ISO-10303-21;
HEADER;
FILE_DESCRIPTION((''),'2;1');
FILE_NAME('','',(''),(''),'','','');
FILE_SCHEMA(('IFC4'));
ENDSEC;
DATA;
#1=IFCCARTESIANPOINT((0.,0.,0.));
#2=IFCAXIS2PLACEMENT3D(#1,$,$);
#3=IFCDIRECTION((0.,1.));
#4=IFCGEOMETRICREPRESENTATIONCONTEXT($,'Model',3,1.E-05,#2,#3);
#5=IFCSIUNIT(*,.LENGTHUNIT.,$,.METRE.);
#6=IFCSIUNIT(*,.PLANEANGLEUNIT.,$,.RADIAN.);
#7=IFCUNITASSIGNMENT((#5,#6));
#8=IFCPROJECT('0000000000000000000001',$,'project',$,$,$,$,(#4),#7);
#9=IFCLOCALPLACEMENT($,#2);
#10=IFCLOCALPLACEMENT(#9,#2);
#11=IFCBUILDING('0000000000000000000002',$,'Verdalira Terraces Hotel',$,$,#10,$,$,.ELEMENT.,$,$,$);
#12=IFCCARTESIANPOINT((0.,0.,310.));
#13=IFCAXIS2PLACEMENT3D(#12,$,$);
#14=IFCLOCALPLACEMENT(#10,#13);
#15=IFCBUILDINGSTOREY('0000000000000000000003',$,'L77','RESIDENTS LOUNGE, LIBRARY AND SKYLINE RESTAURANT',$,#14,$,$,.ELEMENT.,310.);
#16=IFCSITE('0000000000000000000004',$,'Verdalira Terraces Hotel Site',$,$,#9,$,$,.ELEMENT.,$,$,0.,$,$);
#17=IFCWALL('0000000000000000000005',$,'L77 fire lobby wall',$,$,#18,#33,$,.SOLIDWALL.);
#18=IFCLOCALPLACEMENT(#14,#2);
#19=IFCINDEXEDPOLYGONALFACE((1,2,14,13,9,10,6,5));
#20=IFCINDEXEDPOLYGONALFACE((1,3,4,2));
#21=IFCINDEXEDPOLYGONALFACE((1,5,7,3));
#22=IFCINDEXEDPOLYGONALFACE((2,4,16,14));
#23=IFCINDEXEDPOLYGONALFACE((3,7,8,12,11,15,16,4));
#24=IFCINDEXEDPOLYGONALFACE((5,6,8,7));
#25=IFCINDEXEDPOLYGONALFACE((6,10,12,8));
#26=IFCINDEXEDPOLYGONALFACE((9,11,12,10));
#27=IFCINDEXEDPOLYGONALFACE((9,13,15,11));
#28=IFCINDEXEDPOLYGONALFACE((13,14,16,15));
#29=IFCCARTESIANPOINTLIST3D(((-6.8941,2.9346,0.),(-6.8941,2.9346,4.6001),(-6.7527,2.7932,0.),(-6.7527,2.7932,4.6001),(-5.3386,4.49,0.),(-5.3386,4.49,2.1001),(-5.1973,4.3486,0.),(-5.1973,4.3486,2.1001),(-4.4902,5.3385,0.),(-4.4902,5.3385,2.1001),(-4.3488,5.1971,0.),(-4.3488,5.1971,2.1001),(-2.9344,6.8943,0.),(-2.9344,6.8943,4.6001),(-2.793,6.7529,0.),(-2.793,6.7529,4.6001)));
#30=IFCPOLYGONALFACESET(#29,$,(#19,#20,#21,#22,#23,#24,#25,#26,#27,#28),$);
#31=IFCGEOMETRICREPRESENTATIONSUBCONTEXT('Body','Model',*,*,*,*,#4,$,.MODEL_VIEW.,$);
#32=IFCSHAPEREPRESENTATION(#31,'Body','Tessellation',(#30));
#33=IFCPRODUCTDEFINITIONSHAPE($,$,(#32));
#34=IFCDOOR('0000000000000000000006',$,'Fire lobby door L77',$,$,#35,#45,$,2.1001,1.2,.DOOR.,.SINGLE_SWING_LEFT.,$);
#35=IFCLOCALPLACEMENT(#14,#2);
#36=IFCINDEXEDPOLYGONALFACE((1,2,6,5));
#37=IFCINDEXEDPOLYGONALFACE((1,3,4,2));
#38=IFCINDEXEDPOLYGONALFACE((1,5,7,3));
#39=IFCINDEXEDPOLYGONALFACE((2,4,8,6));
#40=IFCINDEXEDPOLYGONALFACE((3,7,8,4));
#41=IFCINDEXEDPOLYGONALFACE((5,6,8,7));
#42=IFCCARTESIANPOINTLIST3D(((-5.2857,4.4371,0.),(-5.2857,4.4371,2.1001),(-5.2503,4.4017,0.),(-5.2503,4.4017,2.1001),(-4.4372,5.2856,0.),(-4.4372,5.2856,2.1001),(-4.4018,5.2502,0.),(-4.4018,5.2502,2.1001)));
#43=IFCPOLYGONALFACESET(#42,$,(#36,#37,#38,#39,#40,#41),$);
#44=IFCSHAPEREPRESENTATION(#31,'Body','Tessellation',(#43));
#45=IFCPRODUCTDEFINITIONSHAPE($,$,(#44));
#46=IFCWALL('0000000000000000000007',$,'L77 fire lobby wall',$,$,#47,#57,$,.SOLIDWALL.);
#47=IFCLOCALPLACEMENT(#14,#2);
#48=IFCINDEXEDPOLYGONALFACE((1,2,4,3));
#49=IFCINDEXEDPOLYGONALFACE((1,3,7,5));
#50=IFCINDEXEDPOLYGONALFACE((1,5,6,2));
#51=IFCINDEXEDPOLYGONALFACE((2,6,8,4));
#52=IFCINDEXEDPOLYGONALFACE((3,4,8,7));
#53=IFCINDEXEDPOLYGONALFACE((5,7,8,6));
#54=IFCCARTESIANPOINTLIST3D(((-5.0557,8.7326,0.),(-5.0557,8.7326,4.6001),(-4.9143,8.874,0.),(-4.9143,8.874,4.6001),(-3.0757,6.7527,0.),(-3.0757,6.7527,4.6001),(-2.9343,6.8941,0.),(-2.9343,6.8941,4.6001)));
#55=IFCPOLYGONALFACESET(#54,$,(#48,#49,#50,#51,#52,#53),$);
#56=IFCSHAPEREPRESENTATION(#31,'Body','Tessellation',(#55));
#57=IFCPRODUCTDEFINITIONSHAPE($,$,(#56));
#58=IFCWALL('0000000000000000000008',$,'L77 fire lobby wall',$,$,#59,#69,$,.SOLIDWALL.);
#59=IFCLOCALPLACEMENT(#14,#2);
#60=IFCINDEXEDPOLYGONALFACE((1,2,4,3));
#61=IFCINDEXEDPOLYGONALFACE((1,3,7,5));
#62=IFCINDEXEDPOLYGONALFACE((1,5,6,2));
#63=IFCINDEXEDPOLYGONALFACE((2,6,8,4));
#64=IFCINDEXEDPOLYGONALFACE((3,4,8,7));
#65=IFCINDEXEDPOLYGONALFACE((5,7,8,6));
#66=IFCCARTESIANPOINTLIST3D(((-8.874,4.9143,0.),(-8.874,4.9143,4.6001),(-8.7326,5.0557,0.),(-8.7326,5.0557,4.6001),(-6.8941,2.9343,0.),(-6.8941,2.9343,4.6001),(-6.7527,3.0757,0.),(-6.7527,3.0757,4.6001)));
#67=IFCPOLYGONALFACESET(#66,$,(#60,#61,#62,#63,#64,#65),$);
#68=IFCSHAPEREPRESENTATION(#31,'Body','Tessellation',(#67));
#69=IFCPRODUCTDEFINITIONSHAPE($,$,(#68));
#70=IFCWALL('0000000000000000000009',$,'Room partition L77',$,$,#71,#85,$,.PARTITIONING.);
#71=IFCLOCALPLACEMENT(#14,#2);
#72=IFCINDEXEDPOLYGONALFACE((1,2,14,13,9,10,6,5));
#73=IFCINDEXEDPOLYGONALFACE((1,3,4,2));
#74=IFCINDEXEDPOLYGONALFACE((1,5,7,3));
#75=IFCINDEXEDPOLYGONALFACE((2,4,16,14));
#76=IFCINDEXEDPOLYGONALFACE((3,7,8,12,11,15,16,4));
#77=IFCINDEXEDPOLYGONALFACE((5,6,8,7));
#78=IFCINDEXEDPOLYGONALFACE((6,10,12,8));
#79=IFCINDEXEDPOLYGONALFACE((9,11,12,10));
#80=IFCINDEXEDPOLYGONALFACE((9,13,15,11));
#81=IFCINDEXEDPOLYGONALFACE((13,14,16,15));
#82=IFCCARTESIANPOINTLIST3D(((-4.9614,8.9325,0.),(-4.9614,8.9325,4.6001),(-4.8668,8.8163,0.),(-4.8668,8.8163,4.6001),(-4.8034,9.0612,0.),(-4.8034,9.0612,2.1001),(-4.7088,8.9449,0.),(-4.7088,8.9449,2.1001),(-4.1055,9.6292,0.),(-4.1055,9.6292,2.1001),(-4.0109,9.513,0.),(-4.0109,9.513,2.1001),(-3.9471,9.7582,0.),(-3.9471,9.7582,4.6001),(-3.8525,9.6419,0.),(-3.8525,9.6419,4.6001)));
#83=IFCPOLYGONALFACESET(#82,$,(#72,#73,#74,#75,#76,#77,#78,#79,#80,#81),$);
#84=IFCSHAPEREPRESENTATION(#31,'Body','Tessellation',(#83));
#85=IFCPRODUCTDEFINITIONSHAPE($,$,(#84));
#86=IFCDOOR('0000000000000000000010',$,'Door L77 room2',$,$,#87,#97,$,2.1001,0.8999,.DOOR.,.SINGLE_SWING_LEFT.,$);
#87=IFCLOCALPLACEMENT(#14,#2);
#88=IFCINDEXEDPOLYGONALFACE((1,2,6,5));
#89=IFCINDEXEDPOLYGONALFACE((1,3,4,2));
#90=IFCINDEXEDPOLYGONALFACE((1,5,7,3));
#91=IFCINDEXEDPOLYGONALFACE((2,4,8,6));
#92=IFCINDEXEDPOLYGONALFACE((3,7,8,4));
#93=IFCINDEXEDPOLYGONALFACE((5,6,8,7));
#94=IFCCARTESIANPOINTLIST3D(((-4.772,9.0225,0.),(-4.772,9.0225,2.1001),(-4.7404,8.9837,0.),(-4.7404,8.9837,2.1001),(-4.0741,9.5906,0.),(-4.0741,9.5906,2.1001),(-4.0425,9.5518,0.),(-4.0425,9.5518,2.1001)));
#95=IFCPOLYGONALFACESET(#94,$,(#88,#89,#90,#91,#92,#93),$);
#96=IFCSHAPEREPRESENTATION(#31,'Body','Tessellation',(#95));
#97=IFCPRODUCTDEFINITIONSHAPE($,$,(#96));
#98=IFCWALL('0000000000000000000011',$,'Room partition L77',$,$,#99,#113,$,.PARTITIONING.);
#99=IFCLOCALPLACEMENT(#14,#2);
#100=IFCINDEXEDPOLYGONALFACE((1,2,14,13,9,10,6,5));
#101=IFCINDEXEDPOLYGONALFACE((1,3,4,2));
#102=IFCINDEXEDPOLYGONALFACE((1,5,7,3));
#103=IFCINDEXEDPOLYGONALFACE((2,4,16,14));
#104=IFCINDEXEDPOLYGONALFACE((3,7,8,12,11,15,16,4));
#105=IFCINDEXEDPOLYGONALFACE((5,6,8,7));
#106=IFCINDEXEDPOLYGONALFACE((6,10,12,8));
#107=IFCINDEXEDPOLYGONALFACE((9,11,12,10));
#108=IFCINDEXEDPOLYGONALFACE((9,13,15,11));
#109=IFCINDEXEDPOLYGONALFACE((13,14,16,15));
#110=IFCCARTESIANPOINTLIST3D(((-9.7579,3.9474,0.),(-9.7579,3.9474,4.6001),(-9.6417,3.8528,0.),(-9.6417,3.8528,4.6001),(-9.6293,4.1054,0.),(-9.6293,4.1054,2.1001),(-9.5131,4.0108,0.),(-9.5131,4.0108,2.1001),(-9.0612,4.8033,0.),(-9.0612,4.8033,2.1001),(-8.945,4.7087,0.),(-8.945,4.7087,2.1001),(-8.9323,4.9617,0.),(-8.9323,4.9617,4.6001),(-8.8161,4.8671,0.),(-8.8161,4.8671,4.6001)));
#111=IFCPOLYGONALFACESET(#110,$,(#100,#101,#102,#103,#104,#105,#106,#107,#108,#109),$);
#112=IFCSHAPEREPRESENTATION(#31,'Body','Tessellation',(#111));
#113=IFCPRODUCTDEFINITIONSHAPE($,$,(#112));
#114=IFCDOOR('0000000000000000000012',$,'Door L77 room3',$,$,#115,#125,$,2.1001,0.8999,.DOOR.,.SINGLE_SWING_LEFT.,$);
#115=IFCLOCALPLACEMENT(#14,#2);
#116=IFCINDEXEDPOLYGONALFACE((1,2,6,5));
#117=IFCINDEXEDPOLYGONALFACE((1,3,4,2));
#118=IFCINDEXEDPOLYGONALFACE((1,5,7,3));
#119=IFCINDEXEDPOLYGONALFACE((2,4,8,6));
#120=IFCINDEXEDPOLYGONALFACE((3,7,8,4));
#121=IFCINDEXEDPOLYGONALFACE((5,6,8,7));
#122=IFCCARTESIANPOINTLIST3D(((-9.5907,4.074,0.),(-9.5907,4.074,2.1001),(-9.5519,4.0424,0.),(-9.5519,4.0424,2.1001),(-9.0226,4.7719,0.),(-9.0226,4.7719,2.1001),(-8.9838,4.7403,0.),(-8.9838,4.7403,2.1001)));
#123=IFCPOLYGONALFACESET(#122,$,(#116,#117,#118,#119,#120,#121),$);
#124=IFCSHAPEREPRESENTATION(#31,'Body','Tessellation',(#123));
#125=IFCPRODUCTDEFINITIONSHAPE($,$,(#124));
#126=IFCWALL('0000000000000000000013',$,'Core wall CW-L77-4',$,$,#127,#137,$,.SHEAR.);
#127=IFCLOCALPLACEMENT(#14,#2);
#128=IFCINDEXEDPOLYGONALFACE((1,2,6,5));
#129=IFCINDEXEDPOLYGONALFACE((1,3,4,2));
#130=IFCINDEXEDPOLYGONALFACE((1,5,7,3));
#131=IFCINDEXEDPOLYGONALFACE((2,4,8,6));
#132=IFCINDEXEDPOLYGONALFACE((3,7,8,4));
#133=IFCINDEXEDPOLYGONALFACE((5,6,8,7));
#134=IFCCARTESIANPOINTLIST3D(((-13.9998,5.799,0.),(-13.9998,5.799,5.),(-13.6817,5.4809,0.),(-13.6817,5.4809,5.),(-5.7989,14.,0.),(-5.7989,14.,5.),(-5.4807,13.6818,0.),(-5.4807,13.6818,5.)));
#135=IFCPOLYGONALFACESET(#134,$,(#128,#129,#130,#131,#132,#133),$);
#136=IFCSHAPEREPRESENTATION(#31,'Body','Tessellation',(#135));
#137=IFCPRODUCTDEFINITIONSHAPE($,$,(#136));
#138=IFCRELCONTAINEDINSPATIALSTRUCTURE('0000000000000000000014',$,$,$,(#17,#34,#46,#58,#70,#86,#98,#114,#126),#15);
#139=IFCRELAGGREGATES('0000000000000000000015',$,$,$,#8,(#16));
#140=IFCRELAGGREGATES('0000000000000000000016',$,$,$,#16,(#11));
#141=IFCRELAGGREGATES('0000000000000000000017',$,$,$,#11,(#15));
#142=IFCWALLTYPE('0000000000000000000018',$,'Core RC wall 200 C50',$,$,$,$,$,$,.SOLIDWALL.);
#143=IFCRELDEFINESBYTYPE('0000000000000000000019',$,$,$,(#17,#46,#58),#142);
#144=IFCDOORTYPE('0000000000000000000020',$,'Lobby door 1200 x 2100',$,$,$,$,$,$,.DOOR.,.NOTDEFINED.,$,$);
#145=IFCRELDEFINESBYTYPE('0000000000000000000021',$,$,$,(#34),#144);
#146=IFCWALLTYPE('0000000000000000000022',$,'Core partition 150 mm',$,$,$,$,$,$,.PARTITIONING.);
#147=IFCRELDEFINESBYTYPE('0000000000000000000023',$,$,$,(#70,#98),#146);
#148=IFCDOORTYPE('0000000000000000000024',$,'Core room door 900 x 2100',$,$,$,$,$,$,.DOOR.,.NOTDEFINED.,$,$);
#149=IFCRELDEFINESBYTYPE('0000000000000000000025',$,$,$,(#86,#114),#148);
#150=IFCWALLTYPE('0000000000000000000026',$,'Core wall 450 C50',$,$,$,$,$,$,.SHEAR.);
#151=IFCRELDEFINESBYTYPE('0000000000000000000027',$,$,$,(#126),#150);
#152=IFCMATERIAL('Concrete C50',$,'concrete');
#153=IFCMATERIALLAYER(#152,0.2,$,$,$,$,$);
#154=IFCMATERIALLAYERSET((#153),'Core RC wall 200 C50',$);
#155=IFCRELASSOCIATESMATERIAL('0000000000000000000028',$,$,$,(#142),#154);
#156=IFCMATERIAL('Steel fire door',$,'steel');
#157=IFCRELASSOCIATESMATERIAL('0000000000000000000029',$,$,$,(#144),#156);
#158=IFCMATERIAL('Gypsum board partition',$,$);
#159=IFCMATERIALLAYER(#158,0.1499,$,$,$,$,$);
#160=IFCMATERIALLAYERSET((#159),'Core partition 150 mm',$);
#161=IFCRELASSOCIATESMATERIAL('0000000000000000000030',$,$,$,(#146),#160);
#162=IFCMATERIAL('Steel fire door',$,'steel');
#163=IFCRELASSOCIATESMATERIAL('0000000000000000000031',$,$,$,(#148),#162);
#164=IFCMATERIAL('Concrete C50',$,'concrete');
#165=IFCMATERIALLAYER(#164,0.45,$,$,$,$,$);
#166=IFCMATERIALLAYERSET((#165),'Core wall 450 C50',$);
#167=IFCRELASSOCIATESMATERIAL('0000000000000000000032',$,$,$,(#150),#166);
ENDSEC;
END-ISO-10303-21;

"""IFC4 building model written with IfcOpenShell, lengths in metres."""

from ifc_helpers import new_model, si_unit, direction, frame, frame_2d, origin, place, context, subcontext, project, spatial, rectangle, extrude, material, layer, layer_set, type_object, element, fill, save


model = new_model("IFC4")

# Units and contexts
model_context = context("Model", 3, precision=1e-05, world=origin(), true_north=direction((0.0, 1.0)))
body_context = subcontext(model_context, "Body", "Model", "MODEL_VIEW")
ifc_project = project(units=[si_unit("LENGTHUNIT", "METRE"), si_unit("PLANEANGLEUNIT", "RADIAN")], contexts=[model_context])

# Site, building, storey
site_placement = place(None, origin())
site = spatial("IfcSite", under=ifc_project, at=site_placement, Name="Verdalira Terraces Hotel Site", CompositionType="ELEMENT", RefElevation=0.0)
building_placement = place(site_placement, origin())
building = spatial("IfcBuilding", under=site, at=building_placement, Name="Verdalira Terraces Hotel", CompositionType="ELEMENT")
storey_placement = place(building_placement, frame((0.0, 0.0, 310.0)))
storey = spatial("IfcBuildingStorey", under=building, at=storey_placement, Name="L77", Description="RESIDENTS LOUNGE, LIBRARY AND SKYLINE RESTAURANT", CompositionType="ELEMENT", Elevation=310.0)

# Wall, opening, door
ifc_material_1 = material(Name="Concrete C50", Category="concrete")
ifc_layer_1 = layer(ifc_material_1, 0.2)
ifc_layer_set_1 = layer_set([ifc_layer_1], Name="Core RC wall 200 C50")
wall_type_1 = type_object("IfcWallType", Name="Core RC wall 200 C50", PredefinedType="SOLIDWALL", material=ifc_layer_set_1)
wall_1_placement = place(storey_placement, frame((-2.8638, 6.8235, 0.0), z_axis=(0.0, 0.0, 1.0), x_axis=(-0.707107, -0.707107, 0.0)))
wall_1 = element("IfcWall", 1, at=wall_1_placement, inside=storey, type_object=wall_type_1, Name="L77 fire lobby wall", PredefinedType="SOLIDWALL", context=body_context, shape_type="SweptSolid", body=[
    extrude(rectangle(XDim=5.5999, YDim=0.2, at=frame_2d((2.7998, 0.0))), origin(), (0.0, 0.0, 1.0), 4.6001),
])
opening_1_placement = place(wall_1_placement, frame((2.2, 0.0, 0.0)))
opening_1 = element("IfcOpeningElement", 2, at=opening_1_placement, cuts=wall_1, PredefinedType="OPENING", context=body_context, shape_type="SweptSolid", body=[
    extrude(rectangle(XDim=1.2, YDim=2.1001, at=frame_2d((0.6001, 1.05))), frame((0.0, 0.1099, 0.0), z_axis=(0.0, -1.0, 0.0), x_axis=(1.0, 0.0, 0.0)), (0.0, 0.0, 1.0), 0.22),
])
ifc_material_2 = material(Name="Steel fire door", Category="steel")
door_type_1 = type_object("IfcDoorType", Name="Lobby door 1200 x 2100", OperationType="NOTDEFINED", PredefinedType="DOOR", material=ifc_material_2)
door_1_placement = place(opening_1_placement, origin())
door_1 = element("IfcDoor", 3, at=door_1_placement, inside=storey, type_object=door_type_1, Name="Fire lobby door L77", OperationType="SINGLE_SWING_LEFT", OverallHeight=2.1001, OverallWidth=1.2, PredefinedType="DOOR", context=body_context, shape_type="SweptSolid", body=[
    extrude(rectangle(XDim=1.2, YDim=2.1001, at=frame_2d((0.6001, 1.05))), frame((0.0, 0.0249, 0.0), z_axis=(0.0, -1.0, 0.0), x_axis=(1.0, 0.0, 0.0)), (0.0, 0.0, 1.0), 0.05),
])
fill(opening_1, door_1)

# Walls
for number, where, z_axis, x_axis, name in (
    (4, (-3.0051, 6.8235, 0.0), (0.0, 0.0, 1.0), (-0.707107, 0.707107, 0.0), "L77 fire lobby wall"),
    (5, (-6.8235, 3.0051, 0.0), (0.0, 0.0, 1.0), (-0.707107, 0.707107, 0.0), "L77 fire lobby wall"),
):
    element("IfcWall", number, at=place(storey_placement, frame(where, z_axis=z_axis, x_axis=x_axis)), inside=storey, type_object=wall_type_1, Name=name, PredefinedType="SOLIDWALL", context=body_context, shape_type="SweptSolid", body=[
        extrude(rectangle(XDim=2.8, YDim=0.2, at=frame_2d((1.3999, 0.0))), origin(), (0.0, 0.0, 1.0), 4.6001),
    ])

# Walls, openings, doors
ifc_material_3 = material(Name="Gypsum board partition")
ifc_layer_2 = layer(ifc_material_3, 0.1499)
ifc_layer_set_2 = layer_set([ifc_layer_2], Name="Core partition 150 mm")
wall_type_2 = type_object("IfcWallType", Name="Core partition 150 mm", PredefinedType="PARTITIONING", material=ifc_layer_set_2)
wall_2_placement = place(storey_placement, frame((-3.8999, 9.7, 0.0), z_axis=(0.0, 0.0, 1.0), x_axis=(-0.77556, -0.631274, 0.0)))
wall_2 = element("IfcWall", 6, at=wall_2_placement, inside=storey, type_object=wall_type_2, Name="Room partition L77", PredefinedType="PARTITIONING", context=body_context, shape_type="SweptSolid", body=[
    extrude(rectangle(XDim=1.3079, YDim=0.1499, at=frame_2d((0.6538, 0.0))), origin(), (0.0, 0.0, 1.0), 4.6001),
])
opening_2_placement = place(wall_2_placement, frame((0.2041, 0.0, 0.0)))
opening_2 = element("IfcOpeningElement", 7, at=opening_2_placement, cuts=wall_2, PredefinedType="OPENING", context=body_context, shape_type="SweptSolid", body=[
    extrude(rectangle(XDim=0.8999, YDim=2.1001, at=frame_2d((0.45, 1.05))), frame((0.0, 0.085, 0.0), z_axis=(0.0, -1.0, 0.0), x_axis=(1.0, 0.0, 0.0)), (0.0, 0.0, 1.0), 0.1699),
])
ifc_material_4 = material(Name="Steel fire door", Category="steel")
door_type_2 = type_object("IfcDoorType", Name="Core room door 900 x 2100", OperationType="NOTDEFINED", PredefinedType="DOOR", material=ifc_material_4)
door_2_placement = place(opening_2_placement, origin())
door_2 = element("IfcDoor", 8, at=door_2_placement, inside=storey, type_object=door_type_2, Name="Door L77 room2", OperationType="SINGLE_SWING_LEFT", OverallHeight=2.1001, OverallWidth=0.8999, PredefinedType="DOOR", context=body_context, shape_type="SweptSolid", body=[
    extrude(rectangle(XDim=0.8999, YDim=2.1001, at=frame_2d((0.45, 1.05))), frame((0.0, 0.0249, 0.0), z_axis=(0.0, -1.0, 0.0), x_axis=(1.0, 0.0, 0.0)), (0.0, 0.0, 1.0), 0.05),
])
fill(opening_2, door_2)
wall_3_placement = place(storey_placement, frame((-8.8743, 4.9143, 0.0), z_axis=(0.0, 0.0, 1.0), x_axis=(-0.631274, -0.77556, 0.0)))
wall_3 = element("IfcWall", 9, at=wall_3_placement, inside=storey, type_object=wall_type_2, Name="Room partition L77", PredefinedType="PARTITIONING", context=body_context, shape_type="SweptSolid", body=[
    extrude(rectangle(XDim=1.3079, YDim=0.1499, at=frame_2d((0.6538, 0.0))), origin(), (0.0, 0.0, 1.0), 4.6001),
])
opening_3_placement = place(wall_3_placement, frame((0.2041, 0.0, 0.0)))
opening_3 = element("IfcOpeningElement", 10, at=opening_3_placement, cuts=wall_3, PredefinedType="OPENING", context=body_context, shape_type="SweptSolid", body=[
    extrude(rectangle(XDim=0.8999, YDim=2.1001, at=frame_2d((0.45, 1.05))), frame((0.0, 0.085, 0.0), z_axis=(0.0, -1.0, 0.0), x_axis=(1.0, 0.0, 0.0)), (0.0, 0.0, 1.0), 0.1699),
])
door_3_placement = place(opening_3_placement, origin())
door_3 = element("IfcDoor", 11, at=door_3_placement, inside=storey, type_object=door_type_2, Name="Door L77 room3", OperationType="SINGLE_SWING_LEFT", OverallHeight=2.1001, OverallWidth=0.8999, PredefinedType="DOOR", context=body_context, shape_type="SweptSolid", body=[
    extrude(rectangle(XDim=0.8999, YDim=2.1001, at=frame_2d((0.45, 1.05))), frame((0.0, 0.0249, 0.0), z_axis=(0.0, -1.0, 0.0), x_axis=(1.0, 0.0, 0.0)), (0.0, 0.0, 1.0), 0.05),
])
fill(opening_3, door_3)

# Wall
ifc_material_5 = material(Name="Concrete C50", Category="concrete")
ifc_layer_3 = layer(ifc_material_5, 0.45)
ifc_layer_set_3 = layer_set([ifc_layer_3], Name="Core wall 450 C50")
wall_type_3 = type_object("IfcWallType", Name="Core wall 450 C50", PredefinedType="SHEAR", material=ifc_layer_set_3)
wall_4_placement = place(storey_placement, frame((-5.6399, 13.8408, 0.0), z_axis=(0.0, 0.0, 1.0), x_axis=(-0.707107, -0.707107, 0.0)))
element("IfcWall", 12, at=wall_4_placement, inside=storey, type_object=wall_type_3, Name="Core wall CW-L77-4", PredefinedType="SHEAR", context=body_context, shape_type="SweptSolid", body=[
    extrude(rectangle(XDim=11.5979, YDim=0.45, at=frame_2d((5.7988, 0.0))), origin(), (0.0, 0.0, 1.0), 5.0),
])

save(model, "model.ifc")
